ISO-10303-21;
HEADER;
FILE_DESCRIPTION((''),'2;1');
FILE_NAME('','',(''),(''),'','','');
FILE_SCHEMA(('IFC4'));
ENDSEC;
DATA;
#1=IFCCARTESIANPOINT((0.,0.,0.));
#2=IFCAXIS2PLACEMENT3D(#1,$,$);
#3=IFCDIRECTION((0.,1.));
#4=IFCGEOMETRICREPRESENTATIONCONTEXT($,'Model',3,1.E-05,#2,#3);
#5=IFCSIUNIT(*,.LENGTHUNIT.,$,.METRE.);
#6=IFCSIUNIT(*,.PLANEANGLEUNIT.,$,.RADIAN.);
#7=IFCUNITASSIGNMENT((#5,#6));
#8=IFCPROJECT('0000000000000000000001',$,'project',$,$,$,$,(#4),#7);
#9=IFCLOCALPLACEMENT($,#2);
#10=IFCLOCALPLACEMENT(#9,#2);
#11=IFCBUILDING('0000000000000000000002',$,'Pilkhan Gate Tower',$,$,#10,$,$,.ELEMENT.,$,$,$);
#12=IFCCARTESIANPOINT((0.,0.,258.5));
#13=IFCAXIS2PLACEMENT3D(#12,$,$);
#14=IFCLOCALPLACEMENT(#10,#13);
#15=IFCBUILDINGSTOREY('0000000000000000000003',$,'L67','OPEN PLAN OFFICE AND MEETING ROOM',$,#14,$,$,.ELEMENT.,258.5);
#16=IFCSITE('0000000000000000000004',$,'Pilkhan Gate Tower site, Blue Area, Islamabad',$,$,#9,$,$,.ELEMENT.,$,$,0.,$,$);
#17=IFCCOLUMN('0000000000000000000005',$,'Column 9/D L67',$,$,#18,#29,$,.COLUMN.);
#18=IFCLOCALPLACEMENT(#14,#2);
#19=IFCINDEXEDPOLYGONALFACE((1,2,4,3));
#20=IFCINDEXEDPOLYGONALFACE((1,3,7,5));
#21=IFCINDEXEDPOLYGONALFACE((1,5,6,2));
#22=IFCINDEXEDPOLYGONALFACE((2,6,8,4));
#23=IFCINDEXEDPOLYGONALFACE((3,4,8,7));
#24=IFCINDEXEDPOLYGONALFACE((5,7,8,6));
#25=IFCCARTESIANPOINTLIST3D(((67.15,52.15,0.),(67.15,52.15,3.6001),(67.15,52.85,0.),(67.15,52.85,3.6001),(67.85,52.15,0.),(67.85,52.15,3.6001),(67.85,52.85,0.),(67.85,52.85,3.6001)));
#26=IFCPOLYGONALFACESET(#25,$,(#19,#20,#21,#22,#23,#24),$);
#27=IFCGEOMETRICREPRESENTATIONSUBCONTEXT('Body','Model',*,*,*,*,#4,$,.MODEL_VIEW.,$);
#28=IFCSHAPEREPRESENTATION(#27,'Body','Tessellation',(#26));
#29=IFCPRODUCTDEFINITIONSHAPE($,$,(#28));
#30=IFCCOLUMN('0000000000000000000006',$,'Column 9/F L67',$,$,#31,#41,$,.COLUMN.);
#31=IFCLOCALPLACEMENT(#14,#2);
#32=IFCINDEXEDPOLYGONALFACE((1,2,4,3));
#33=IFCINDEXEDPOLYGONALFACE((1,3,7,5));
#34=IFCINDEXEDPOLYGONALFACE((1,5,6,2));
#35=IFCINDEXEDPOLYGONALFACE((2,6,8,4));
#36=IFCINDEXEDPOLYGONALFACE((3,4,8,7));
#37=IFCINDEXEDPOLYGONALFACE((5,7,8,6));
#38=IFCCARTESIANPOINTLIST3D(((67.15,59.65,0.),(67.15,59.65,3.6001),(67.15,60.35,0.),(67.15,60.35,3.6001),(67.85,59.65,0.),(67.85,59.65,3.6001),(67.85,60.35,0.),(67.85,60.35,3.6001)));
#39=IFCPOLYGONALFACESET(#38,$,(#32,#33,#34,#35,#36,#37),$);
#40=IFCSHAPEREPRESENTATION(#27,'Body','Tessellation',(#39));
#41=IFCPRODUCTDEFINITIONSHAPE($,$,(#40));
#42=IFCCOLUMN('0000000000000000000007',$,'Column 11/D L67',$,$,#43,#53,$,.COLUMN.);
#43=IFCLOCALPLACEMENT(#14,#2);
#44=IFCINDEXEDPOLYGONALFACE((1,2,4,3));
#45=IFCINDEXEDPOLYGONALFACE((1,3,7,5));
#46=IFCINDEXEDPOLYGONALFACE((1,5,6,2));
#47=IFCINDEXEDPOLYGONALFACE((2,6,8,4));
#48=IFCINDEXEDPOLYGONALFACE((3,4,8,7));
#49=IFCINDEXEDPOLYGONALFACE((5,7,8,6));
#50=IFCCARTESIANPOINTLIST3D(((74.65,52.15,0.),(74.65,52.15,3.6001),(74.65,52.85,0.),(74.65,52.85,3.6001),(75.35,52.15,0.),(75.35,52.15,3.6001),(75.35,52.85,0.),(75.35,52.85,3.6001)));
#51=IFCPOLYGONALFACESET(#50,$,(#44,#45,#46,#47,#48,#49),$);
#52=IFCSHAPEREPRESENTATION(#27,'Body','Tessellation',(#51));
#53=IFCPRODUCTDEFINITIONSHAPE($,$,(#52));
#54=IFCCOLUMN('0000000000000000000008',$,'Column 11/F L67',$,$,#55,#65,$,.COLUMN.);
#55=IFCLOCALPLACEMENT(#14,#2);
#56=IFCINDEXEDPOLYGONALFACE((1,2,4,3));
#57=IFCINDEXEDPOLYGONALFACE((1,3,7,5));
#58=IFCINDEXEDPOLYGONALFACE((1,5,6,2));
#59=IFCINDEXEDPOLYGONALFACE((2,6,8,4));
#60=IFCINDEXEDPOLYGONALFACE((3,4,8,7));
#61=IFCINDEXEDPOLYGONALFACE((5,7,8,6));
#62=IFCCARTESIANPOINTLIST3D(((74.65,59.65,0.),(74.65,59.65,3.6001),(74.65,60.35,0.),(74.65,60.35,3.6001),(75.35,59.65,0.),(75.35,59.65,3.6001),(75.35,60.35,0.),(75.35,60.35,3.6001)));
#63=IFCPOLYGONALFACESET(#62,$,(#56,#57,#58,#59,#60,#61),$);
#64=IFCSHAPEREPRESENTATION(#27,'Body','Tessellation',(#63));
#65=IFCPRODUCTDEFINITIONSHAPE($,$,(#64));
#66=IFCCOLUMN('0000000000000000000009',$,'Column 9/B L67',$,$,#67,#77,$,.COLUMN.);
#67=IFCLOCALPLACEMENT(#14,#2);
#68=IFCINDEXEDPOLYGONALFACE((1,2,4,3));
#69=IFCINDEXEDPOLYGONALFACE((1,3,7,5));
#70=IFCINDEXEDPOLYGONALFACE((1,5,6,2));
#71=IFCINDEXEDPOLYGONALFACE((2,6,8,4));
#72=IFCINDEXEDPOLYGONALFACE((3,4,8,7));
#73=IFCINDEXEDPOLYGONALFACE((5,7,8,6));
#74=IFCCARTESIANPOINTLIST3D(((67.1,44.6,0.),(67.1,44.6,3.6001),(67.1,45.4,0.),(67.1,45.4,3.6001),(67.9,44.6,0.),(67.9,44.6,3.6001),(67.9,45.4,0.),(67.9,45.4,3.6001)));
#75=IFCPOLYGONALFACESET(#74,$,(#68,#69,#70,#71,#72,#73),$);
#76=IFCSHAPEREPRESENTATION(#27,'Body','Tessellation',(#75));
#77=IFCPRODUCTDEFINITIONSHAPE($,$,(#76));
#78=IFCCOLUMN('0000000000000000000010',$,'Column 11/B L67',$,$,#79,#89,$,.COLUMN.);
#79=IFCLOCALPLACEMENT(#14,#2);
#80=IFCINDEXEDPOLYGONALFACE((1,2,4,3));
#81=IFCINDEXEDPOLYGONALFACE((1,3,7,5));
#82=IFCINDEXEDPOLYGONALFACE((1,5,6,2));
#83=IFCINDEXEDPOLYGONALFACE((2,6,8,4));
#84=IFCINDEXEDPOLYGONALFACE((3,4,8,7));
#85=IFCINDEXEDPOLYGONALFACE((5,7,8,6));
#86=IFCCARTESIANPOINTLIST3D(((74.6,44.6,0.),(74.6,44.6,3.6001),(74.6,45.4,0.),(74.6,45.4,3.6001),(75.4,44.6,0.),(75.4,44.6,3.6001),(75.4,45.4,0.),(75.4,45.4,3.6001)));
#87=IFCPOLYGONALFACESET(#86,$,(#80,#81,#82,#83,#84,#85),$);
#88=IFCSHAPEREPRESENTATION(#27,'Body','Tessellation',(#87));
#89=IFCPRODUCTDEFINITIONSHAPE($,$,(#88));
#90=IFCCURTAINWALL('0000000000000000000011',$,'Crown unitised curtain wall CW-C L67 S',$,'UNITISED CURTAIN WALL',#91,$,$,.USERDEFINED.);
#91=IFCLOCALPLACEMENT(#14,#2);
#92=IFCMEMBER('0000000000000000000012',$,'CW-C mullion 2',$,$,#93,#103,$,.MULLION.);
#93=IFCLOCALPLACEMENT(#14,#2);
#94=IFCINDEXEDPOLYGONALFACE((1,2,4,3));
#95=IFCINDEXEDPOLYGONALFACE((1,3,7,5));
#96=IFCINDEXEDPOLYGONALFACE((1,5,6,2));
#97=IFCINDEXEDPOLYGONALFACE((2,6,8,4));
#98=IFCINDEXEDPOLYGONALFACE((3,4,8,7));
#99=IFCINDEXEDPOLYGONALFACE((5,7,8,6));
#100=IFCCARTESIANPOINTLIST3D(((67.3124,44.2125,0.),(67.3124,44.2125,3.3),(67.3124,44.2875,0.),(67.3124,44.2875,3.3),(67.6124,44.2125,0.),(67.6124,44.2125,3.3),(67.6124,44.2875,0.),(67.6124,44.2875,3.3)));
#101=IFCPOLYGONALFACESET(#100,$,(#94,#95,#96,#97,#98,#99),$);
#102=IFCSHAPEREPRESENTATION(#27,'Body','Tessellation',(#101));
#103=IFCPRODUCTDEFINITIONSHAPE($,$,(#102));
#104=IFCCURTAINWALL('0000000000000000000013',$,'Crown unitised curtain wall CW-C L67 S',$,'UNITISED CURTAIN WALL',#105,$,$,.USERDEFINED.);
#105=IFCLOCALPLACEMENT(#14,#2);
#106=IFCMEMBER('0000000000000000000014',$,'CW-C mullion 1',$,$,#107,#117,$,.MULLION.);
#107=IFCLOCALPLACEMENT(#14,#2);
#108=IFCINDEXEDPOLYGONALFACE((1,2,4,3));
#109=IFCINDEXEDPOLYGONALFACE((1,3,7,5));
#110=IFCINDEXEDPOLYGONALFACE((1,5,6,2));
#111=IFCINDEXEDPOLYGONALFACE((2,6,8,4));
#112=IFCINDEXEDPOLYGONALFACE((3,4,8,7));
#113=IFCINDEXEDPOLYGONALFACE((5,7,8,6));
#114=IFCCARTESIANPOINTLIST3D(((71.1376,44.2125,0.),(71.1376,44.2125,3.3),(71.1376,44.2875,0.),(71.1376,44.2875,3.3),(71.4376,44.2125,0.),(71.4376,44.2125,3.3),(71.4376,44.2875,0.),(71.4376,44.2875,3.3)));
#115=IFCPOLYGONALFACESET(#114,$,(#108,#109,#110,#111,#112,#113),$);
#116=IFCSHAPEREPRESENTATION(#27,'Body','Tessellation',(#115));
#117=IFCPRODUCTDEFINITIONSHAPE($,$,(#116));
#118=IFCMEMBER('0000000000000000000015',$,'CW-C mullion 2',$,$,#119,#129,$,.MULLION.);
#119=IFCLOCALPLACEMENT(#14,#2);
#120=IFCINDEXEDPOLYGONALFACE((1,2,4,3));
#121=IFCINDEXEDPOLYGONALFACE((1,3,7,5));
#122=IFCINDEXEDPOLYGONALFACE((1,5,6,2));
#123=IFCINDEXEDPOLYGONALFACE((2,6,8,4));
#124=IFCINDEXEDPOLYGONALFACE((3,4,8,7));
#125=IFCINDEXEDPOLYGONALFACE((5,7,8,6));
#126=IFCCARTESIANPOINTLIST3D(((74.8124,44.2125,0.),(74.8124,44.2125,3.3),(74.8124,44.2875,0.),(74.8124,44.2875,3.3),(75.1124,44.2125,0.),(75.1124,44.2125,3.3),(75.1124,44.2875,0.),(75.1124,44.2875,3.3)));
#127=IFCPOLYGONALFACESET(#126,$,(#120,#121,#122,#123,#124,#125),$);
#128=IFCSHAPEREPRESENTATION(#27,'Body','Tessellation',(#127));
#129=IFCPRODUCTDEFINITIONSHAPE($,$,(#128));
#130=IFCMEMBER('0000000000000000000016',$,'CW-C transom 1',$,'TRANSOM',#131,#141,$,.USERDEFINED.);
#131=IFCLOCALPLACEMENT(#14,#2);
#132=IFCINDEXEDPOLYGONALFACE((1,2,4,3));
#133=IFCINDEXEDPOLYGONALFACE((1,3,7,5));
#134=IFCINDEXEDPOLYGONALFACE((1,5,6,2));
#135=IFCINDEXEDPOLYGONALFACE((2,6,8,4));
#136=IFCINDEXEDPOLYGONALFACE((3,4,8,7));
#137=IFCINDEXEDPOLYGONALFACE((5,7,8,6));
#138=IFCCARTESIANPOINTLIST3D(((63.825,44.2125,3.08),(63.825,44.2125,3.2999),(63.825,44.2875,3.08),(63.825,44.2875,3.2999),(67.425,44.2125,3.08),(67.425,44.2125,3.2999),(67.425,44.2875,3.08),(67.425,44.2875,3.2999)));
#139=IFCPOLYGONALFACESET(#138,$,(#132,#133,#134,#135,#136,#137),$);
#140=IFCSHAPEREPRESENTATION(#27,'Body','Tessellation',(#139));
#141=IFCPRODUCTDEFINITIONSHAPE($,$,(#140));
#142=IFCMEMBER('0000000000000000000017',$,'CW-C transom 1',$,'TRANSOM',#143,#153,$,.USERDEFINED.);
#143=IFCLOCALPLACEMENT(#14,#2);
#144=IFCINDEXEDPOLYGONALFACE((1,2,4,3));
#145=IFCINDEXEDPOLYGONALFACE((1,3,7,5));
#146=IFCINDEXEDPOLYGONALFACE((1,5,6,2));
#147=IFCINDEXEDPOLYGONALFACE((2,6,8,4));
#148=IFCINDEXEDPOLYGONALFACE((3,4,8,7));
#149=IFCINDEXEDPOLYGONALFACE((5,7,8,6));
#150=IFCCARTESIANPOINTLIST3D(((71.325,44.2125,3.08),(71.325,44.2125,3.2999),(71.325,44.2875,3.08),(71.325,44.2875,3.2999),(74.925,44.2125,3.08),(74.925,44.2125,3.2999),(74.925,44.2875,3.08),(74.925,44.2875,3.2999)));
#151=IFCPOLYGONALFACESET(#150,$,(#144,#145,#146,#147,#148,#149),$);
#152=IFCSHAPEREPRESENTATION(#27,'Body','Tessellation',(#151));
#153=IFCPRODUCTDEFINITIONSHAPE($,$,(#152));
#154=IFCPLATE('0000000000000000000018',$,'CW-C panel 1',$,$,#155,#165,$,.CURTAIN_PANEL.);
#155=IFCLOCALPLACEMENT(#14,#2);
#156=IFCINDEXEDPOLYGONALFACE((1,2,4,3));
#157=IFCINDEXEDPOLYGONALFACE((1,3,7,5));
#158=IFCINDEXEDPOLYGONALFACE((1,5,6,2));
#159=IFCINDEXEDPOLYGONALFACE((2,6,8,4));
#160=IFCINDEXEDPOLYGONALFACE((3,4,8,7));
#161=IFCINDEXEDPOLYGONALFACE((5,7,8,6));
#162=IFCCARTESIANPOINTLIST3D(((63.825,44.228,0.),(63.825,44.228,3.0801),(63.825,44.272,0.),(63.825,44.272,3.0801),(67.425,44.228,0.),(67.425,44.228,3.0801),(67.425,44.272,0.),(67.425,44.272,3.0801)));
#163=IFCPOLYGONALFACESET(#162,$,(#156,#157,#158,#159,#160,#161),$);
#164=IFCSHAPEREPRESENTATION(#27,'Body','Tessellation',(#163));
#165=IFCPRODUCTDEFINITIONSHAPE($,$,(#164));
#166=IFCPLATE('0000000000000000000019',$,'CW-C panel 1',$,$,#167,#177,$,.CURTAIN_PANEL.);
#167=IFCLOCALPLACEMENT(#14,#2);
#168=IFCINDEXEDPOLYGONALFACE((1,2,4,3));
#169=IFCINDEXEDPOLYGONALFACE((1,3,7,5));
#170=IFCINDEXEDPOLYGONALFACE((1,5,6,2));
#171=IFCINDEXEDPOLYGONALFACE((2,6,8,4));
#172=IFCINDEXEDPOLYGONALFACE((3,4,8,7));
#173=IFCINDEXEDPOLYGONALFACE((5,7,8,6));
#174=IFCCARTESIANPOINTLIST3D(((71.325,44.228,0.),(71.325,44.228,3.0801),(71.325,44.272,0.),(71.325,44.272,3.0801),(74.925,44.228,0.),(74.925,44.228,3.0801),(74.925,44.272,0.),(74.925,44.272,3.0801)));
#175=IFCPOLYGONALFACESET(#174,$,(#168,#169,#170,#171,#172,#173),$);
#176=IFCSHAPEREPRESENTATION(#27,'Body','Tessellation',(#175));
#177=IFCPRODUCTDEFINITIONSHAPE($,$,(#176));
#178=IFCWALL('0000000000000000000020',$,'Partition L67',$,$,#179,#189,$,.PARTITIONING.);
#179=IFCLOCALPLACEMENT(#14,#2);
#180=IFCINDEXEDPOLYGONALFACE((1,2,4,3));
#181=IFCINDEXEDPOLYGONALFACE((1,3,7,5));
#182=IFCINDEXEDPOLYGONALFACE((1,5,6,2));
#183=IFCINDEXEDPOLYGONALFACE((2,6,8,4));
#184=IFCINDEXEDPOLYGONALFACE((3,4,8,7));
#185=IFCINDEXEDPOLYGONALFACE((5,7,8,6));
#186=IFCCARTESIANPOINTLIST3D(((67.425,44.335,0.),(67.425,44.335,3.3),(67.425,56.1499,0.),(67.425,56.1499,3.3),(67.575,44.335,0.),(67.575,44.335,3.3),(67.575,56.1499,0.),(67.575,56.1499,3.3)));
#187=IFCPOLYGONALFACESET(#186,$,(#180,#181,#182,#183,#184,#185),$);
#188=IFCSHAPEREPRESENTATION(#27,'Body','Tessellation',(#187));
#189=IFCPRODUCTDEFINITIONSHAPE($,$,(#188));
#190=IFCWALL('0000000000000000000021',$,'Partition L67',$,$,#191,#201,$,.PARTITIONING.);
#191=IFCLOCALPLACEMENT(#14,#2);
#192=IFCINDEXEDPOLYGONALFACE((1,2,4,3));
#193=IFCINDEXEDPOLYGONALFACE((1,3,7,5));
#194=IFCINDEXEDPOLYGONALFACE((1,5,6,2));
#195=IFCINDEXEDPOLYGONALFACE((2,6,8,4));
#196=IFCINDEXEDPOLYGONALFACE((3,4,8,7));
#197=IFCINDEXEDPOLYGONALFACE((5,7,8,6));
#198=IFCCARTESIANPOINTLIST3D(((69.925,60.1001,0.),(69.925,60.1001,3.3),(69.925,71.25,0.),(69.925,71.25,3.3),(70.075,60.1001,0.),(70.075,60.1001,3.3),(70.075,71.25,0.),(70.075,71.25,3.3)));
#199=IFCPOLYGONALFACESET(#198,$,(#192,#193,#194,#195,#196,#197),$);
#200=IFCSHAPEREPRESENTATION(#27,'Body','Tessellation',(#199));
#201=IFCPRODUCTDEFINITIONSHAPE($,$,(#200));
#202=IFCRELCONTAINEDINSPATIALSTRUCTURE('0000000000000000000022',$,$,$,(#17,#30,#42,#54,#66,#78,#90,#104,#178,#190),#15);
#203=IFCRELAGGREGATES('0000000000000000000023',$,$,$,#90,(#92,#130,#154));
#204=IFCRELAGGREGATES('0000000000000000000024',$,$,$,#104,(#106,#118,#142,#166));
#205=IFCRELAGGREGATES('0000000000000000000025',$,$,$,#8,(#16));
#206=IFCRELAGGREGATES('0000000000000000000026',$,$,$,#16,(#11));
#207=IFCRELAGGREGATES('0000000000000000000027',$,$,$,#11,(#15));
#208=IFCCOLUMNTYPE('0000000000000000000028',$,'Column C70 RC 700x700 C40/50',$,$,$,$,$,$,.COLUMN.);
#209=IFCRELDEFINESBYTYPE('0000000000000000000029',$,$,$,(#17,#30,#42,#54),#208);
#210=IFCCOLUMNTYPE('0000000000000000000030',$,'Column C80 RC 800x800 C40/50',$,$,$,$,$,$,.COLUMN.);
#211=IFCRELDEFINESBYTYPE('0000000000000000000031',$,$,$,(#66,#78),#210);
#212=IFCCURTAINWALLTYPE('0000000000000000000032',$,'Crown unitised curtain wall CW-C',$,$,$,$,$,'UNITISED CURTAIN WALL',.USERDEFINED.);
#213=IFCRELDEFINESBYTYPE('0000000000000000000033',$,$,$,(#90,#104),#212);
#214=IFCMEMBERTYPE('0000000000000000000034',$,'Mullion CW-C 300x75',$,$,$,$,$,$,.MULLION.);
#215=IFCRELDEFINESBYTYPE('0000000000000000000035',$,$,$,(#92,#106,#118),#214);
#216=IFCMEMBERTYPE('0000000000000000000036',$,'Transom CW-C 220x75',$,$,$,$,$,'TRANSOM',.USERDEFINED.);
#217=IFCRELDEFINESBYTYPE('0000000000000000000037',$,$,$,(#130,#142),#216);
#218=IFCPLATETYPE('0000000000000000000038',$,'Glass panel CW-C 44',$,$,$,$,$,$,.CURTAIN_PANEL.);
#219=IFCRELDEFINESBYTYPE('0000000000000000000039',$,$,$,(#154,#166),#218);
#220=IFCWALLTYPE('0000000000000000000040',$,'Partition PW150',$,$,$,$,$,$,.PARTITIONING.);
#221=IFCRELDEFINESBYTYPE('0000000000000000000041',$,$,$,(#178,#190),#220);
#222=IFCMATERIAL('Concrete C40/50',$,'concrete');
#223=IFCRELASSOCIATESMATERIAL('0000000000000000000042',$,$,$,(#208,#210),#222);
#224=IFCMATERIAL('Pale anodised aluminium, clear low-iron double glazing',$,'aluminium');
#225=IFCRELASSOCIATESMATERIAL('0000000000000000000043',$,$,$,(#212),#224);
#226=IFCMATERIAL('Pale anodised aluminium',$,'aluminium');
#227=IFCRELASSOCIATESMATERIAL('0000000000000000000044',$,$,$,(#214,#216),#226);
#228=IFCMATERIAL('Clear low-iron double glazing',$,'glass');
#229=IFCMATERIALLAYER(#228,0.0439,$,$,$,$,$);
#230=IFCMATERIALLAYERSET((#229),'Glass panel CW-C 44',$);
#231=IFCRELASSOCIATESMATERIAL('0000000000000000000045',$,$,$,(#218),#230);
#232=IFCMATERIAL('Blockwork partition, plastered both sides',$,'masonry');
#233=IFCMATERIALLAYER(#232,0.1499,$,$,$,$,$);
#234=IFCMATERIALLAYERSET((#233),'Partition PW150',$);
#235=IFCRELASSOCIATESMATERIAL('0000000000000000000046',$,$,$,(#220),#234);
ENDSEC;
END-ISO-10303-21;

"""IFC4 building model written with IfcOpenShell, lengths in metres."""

from ifc_helpers import new_model, si_unit, direction, frame, frame_2d, origin, origin_2d, place, context, subcontext, project, spatial, rectangle, extrude, material, layer, layer_set, material_profile, profile_set, type_object, element, aggregate, save


model = new_model("IFC4")

# Units and contexts
model_context = context("Model", 3, precision=1e-05, world=origin(), true_north=direction((0.0, 1.0)))
body_context = subcontext(model_context, "Body", "Model", "MODEL_VIEW")
ifc_project = project(units=[si_unit("LENGTHUNIT", "METRE"), si_unit("PLANEANGLEUNIT", "RADIAN")], contexts=[model_context])

# Site, building, storey
site_placement = place(None, origin())
site = spatial("IfcSite", under=ifc_project, at=site_placement, Name="Pilkhan Gate Tower site, Blue Area, Islamabad", CompositionType="ELEMENT", RefElevation=0.0)
building_placement = place(site_placement, origin())
building = spatial("IfcBuilding", under=site, at=building_placement, Name="Pilkhan Gate Tower", CompositionType="ELEMENT")
storey_placement = place(building_placement, frame((0.0, 0.0, 258.5)))
storey = spatial("IfcBuildingStorey", under=building, at=storey_placement, Name="L67", Description="OPEN PLAN OFFICE AND MEETING ROOM", CompositionType="ELEMENT", Elevation=258.5)

# Columns
ifc_material_1 = material(Name="Concrete C40/50", Category="concrete")
ifc_material_profile_1 = material_profile(ifc_material_1, rectangle(XDim=0.7, YDim=0.7, at=origin_2d()), Name="RC 700x700")
ifc_profile_set_1 = profile_set([ifc_material_profile_1], Name="Concrete C40/50")
column_type_1 = type_object("IfcColumnType", Name="Column C70 RC 700x700 C40/50", PredefinedType="COLUMN", material=ifc_profile_set_1)
for number, where, z_axis, x_axis, name in (
    (1, (67.5, 52.5, 0.0), (0.0, 0.0, 1.0), (1.0, 0.0, 0.0), "Column 9/D L67"),
    (2, (67.5, 60.0, 0.0), (0.0, 0.0, 1.0), (1.0, 0.0, 0.0), "Column 9/F L67"),
    (3, (75.0, 52.5, 0.0), (0.0, 0.0, 1.0), (1.0, 0.0, 0.0), "Column 11/D L67"),
    (4, (75.0, 60.0, 0.0), (0.0, 0.0, 1.0), (1.0, 0.0, 0.0), "Column 11/F L67"),
):
    element("IfcColumn", number, at=place(storey_placement, frame(where, z_axis=z_axis, x_axis=x_axis)), inside=storey, type_object=column_type_1, Name=name, PredefinedType="COLUMN", context=body_context, shape_type="SweptSolid", body=[
        extrude(rectangle(XDim=0.7, YDim=0.7, at=origin_2d()), origin(), (0.0, 0.0, 1.0), 3.6001),
    ])
ifc_material_profile_2 = material_profile(ifc_material_1, rectangle(XDim=0.8, YDim=0.8, at=origin_2d()), Name="RC 800x800")
ifc_profile_set_2 = profile_set([ifc_material_profile_2], Name="Concrete C40/50")
column_type_2 = type_object("IfcColumnType", Name="Column C80 RC 800x800 C40/50", PredefinedType="COLUMN", material=ifc_profile_set_2)
for number, where, z_axis, x_axis, name in (
    (5, (67.5, 45.0, 0.0), (0.0, 0.0, 1.0), (1.0, 0.0, 0.0), "Column 9/B L67"),
    (6, (75.0, 45.0, 0.0), (0.0, 0.0, 1.0), (1.0, 0.0, 0.0), "Column 11/B L67"),
):
    element("IfcColumn", number, at=place(storey_placement, frame(where, z_axis=z_axis, x_axis=x_axis)), inside=storey, type_object=column_type_2, Name=name, PredefinedType="COLUMN", context=body_context, shape_type="SweptSolid", body=[
        extrude(rectangle(XDim=0.8, YDim=0.8, at=origin_2d()), origin(), (0.0, 0.0, 1.0), 3.6001),
    ])

# Curtain wall, member
ifc_material_2 = material(Name="Pale anodised aluminium, clear low-iron double glazing", Category="aluminium")
curtain_wall_type = type_object("IfcCurtainWallType", Name="Crown unitised curtain wall CW-C", ElementType="UNITISED CURTAIN WALL", PredefinedType="USERDEFINED", material=ifc_material_2)
curtain_wall_1_placement = place(storey_placement, origin())
curtain_wall_1 = element("IfcCurtainWall", 7, at=curtain_wall_1_placement, inside=storey, type_object=curtain_wall_type, Name="Crown unitised curtain wall CW-C L67 S", ObjectType="UNITISED CURTAIN WALL", PredefinedType="USERDEFINED")
ifc_material_3 = material(Name="Pale anodised aluminium", Category="aluminium")
ifc_material_profile_3 = material_profile(ifc_material_3, rectangle(XDim=0.075, YDim=0.3, at=origin_2d()), Name="Mullion 300x75")
ifc_profile_set_3 = profile_set([ifc_material_profile_3], Name="Pale anodised aluminium")
member_type_1 = type_object("IfcMemberType", Name="Mullion CW-C 300x75", PredefinedType="MULLION", material=ifc_profile_set_3)
member_1_placement = place(storey_placement, frame((67.4624, 44.25, 0.0), z_axis=(0.0, 0.0, 1.0), x_axis=(0.0, 1.0, 0.0)))
member_1 = element("IfcMember", 8, at=member_1_placement, type_object=member_type_1, Name="CW-C mullion 2", PredefinedType="MULLION", context=body_context, shape_type="SweptSolid", body=[
    extrude(rectangle(XDim=0.075, YDim=0.3, at=origin_2d()), origin(), (0.0, 0.0, 1.0), 3.3),
])

# Curtain wall, members
curtain_wall_2_placement = place(storey_placement, origin())
curtain_wall_2 = element("IfcCurtainWall", 9, at=curtain_wall_2_placement, inside=storey, type_object=curtain_wall_type, Name="Crown unitised curtain wall CW-C L67 S", ObjectType="UNITISED CURTAIN WALL", PredefinedType="USERDEFINED")
member_2_placement = place(storey_placement, frame((71.2876, 44.25, 0.0), z_axis=(0.0, 0.0, 1.0), x_axis=(0.0, 1.0, 0.0)))
member_2 = element("IfcMember", 10, at=member_2_placement, type_object=member_type_1, Name="CW-C mullion 1", PredefinedType="MULLION", context=body_context, shape_type="SweptSolid", body=[
    extrude(rectangle(XDim=0.075, YDim=0.3, at=origin_2d()), origin(), (0.0, 0.0, 1.0), 3.3),
])
member_3_placement = place(storey_placement, frame((74.9624, 44.25, 0.0), z_axis=(0.0, 0.0, 1.0), x_axis=(0.0, 1.0, 0.0)))
member_3 = element("IfcMember", 11, at=member_3_placement, type_object=member_type_1, Name="CW-C mullion 2", PredefinedType="MULLION", context=body_context, shape_type="SweptSolid", body=[
    extrude(rectangle(XDim=0.075, YDim=0.3, at=origin_2d()), origin(), (0.0, 0.0, 1.0), 3.3),
])

# Members
ifc_material_profile_4 = material_profile(ifc_material_3, rectangle(XDim=0.075, YDim=0.22, at=origin_2d()), Name="Transom 220x75")
ifc_profile_set_4 = profile_set([ifc_material_profile_4], Name="Pale anodised aluminium")
member_type_2 = type_object("IfcMemberType", Name="Transom CW-C 220x75", ElementType="TRANSOM", PredefinedType="USERDEFINED", material=ifc_profile_set_4)
member_4_placement = place(storey_placement, frame((63.825, 44.25, 3.1899), z_axis=(1.0, 0.0, 0.0), x_axis=(0.0, 1.0, 0.0)))
member_4 = element("IfcMember", 12, at=member_4_placement, type_object=member_type_2, Name="CW-C transom 1", ObjectType="TRANSOM", PredefinedType="USERDEFINED", context=body_context, shape_type="SweptSolid", body=[
    extrude(rectangle(XDim=0.075, YDim=0.22, at=origin_2d()), origin(), (0.0, 0.0, 1.0), 3.6001),
])
member_5_placement = place(storey_placement, frame((71.325, 44.25, 3.1899), z_axis=(1.0, 0.0, 0.0), x_axis=(0.0, 1.0, 0.0)))
member_5 = element("IfcMember", 13, at=member_5_placement, type_object=member_type_2, Name="CW-C transom 1", ObjectType="TRANSOM", PredefinedType="USERDEFINED", context=body_context, shape_type="SweptSolid", body=[
    extrude(rectangle(XDim=0.075, YDim=0.22, at=origin_2d()), origin(), (0.0, 0.0, 1.0), 3.6001),
])

# Plates
ifc_material_4 = material(Name="Clear low-iron double glazing", Category="glass")
ifc_layer_1 = layer(ifc_material_4, 0.0439)
ifc_layer_set_1 = layer_set([ifc_layer_1], Name="Glass panel CW-C 44")
plate_type = type_object("IfcPlateType", Name="Glass panel CW-C 44", PredefinedType="CURTAIN_PANEL", material=ifc_layer_set_1)
plate_1_placement = place(storey_placement, frame((65.625, 44.25, 0.0), z_axis=(0.0, 0.0, 1.0), x_axis=(1.0, 0.0, 0.0)))
plate_1 = element("IfcPlate", 14, at=plate_1_placement, type_object=plate_type, Name="CW-C panel 1", PredefinedType="CURTAIN_PANEL", context=body_context, shape_type="SweptSolid", body=[
    extrude(rectangle(XDim=3.6001, YDim=0.0439, at=origin_2d()), origin(), (0.0, 0.0, 1.0), 3.0801),
])
aggregate(curtain_wall_1, [member_1, member_4, plate_1])
plate_2_placement = place(storey_placement, frame((73.125, 44.25, 0.0), z_axis=(0.0, 0.0, 1.0), x_axis=(1.0, 0.0, 0.0)))
plate_2 = element("IfcPlate", 15, at=plate_2_placement, type_object=plate_type, Name="CW-C panel 1", PredefinedType="CURTAIN_PANEL", context=body_context, shape_type="SweptSolid", body=[
    extrude(rectangle(XDim=3.6001, YDim=0.0439, at=origin_2d()), origin(), (0.0, 0.0, 1.0), 3.0801),
])
aggregate(curtain_wall_2, [member_2, member_3, member_5, plate_2])

# Walls
ifc_material_5 = material(Name="Blockwork partition, plastered both sides", Category="masonry")
ifc_layer_2 = layer(ifc_material_5, 0.1499)
ifc_layer_set_2 = layer_set([ifc_layer_2], Name="Partition PW150")
wall_type_1 = type_object("IfcWallType", Name="Partition PW150", PredefinedType="PARTITIONING", material=ifc_layer_set_2)
wall_1_placement = place(storey_placement, frame((67.5, 44.335, 0.0), z_axis=(0.0, 0.0, 1.0), x_axis=(0.0, 1.0, 0.0)))
element("IfcWall", 16, at=wall_1_placement, inside=storey, type_object=wall_type_1, Name="Partition L67", PredefinedType="PARTITIONING", context=body_context, shape_type="SweptSolid", body=[
    extrude(rectangle(XDim=11.8149, YDim=0.1499, at=frame_2d((5.9075, 0.0))), origin(), (0.0, 0.0, 1.0), 3.3),
])
wall_2_placement = place(storey_placement, frame((70.0, 60.1001, 0.0), z_axis=(0.0, 0.0, 1.0), x_axis=(0.0, 1.0, 0.0)))
element("IfcWall", 17, at=wall_2_placement, inside=storey, type_object=wall_type_1, Name="Partition L67", PredefinedType="PARTITIONING", context=body_context, shape_type="SweptSolid", body=[
    extrude(rectangle(XDim=11.1499, YDim=0.1499, at=frame_2d((5.575, 0.0))), origin(), (0.0, 0.0, 1.0), 3.3),
])

save(model, "model.ifc")
